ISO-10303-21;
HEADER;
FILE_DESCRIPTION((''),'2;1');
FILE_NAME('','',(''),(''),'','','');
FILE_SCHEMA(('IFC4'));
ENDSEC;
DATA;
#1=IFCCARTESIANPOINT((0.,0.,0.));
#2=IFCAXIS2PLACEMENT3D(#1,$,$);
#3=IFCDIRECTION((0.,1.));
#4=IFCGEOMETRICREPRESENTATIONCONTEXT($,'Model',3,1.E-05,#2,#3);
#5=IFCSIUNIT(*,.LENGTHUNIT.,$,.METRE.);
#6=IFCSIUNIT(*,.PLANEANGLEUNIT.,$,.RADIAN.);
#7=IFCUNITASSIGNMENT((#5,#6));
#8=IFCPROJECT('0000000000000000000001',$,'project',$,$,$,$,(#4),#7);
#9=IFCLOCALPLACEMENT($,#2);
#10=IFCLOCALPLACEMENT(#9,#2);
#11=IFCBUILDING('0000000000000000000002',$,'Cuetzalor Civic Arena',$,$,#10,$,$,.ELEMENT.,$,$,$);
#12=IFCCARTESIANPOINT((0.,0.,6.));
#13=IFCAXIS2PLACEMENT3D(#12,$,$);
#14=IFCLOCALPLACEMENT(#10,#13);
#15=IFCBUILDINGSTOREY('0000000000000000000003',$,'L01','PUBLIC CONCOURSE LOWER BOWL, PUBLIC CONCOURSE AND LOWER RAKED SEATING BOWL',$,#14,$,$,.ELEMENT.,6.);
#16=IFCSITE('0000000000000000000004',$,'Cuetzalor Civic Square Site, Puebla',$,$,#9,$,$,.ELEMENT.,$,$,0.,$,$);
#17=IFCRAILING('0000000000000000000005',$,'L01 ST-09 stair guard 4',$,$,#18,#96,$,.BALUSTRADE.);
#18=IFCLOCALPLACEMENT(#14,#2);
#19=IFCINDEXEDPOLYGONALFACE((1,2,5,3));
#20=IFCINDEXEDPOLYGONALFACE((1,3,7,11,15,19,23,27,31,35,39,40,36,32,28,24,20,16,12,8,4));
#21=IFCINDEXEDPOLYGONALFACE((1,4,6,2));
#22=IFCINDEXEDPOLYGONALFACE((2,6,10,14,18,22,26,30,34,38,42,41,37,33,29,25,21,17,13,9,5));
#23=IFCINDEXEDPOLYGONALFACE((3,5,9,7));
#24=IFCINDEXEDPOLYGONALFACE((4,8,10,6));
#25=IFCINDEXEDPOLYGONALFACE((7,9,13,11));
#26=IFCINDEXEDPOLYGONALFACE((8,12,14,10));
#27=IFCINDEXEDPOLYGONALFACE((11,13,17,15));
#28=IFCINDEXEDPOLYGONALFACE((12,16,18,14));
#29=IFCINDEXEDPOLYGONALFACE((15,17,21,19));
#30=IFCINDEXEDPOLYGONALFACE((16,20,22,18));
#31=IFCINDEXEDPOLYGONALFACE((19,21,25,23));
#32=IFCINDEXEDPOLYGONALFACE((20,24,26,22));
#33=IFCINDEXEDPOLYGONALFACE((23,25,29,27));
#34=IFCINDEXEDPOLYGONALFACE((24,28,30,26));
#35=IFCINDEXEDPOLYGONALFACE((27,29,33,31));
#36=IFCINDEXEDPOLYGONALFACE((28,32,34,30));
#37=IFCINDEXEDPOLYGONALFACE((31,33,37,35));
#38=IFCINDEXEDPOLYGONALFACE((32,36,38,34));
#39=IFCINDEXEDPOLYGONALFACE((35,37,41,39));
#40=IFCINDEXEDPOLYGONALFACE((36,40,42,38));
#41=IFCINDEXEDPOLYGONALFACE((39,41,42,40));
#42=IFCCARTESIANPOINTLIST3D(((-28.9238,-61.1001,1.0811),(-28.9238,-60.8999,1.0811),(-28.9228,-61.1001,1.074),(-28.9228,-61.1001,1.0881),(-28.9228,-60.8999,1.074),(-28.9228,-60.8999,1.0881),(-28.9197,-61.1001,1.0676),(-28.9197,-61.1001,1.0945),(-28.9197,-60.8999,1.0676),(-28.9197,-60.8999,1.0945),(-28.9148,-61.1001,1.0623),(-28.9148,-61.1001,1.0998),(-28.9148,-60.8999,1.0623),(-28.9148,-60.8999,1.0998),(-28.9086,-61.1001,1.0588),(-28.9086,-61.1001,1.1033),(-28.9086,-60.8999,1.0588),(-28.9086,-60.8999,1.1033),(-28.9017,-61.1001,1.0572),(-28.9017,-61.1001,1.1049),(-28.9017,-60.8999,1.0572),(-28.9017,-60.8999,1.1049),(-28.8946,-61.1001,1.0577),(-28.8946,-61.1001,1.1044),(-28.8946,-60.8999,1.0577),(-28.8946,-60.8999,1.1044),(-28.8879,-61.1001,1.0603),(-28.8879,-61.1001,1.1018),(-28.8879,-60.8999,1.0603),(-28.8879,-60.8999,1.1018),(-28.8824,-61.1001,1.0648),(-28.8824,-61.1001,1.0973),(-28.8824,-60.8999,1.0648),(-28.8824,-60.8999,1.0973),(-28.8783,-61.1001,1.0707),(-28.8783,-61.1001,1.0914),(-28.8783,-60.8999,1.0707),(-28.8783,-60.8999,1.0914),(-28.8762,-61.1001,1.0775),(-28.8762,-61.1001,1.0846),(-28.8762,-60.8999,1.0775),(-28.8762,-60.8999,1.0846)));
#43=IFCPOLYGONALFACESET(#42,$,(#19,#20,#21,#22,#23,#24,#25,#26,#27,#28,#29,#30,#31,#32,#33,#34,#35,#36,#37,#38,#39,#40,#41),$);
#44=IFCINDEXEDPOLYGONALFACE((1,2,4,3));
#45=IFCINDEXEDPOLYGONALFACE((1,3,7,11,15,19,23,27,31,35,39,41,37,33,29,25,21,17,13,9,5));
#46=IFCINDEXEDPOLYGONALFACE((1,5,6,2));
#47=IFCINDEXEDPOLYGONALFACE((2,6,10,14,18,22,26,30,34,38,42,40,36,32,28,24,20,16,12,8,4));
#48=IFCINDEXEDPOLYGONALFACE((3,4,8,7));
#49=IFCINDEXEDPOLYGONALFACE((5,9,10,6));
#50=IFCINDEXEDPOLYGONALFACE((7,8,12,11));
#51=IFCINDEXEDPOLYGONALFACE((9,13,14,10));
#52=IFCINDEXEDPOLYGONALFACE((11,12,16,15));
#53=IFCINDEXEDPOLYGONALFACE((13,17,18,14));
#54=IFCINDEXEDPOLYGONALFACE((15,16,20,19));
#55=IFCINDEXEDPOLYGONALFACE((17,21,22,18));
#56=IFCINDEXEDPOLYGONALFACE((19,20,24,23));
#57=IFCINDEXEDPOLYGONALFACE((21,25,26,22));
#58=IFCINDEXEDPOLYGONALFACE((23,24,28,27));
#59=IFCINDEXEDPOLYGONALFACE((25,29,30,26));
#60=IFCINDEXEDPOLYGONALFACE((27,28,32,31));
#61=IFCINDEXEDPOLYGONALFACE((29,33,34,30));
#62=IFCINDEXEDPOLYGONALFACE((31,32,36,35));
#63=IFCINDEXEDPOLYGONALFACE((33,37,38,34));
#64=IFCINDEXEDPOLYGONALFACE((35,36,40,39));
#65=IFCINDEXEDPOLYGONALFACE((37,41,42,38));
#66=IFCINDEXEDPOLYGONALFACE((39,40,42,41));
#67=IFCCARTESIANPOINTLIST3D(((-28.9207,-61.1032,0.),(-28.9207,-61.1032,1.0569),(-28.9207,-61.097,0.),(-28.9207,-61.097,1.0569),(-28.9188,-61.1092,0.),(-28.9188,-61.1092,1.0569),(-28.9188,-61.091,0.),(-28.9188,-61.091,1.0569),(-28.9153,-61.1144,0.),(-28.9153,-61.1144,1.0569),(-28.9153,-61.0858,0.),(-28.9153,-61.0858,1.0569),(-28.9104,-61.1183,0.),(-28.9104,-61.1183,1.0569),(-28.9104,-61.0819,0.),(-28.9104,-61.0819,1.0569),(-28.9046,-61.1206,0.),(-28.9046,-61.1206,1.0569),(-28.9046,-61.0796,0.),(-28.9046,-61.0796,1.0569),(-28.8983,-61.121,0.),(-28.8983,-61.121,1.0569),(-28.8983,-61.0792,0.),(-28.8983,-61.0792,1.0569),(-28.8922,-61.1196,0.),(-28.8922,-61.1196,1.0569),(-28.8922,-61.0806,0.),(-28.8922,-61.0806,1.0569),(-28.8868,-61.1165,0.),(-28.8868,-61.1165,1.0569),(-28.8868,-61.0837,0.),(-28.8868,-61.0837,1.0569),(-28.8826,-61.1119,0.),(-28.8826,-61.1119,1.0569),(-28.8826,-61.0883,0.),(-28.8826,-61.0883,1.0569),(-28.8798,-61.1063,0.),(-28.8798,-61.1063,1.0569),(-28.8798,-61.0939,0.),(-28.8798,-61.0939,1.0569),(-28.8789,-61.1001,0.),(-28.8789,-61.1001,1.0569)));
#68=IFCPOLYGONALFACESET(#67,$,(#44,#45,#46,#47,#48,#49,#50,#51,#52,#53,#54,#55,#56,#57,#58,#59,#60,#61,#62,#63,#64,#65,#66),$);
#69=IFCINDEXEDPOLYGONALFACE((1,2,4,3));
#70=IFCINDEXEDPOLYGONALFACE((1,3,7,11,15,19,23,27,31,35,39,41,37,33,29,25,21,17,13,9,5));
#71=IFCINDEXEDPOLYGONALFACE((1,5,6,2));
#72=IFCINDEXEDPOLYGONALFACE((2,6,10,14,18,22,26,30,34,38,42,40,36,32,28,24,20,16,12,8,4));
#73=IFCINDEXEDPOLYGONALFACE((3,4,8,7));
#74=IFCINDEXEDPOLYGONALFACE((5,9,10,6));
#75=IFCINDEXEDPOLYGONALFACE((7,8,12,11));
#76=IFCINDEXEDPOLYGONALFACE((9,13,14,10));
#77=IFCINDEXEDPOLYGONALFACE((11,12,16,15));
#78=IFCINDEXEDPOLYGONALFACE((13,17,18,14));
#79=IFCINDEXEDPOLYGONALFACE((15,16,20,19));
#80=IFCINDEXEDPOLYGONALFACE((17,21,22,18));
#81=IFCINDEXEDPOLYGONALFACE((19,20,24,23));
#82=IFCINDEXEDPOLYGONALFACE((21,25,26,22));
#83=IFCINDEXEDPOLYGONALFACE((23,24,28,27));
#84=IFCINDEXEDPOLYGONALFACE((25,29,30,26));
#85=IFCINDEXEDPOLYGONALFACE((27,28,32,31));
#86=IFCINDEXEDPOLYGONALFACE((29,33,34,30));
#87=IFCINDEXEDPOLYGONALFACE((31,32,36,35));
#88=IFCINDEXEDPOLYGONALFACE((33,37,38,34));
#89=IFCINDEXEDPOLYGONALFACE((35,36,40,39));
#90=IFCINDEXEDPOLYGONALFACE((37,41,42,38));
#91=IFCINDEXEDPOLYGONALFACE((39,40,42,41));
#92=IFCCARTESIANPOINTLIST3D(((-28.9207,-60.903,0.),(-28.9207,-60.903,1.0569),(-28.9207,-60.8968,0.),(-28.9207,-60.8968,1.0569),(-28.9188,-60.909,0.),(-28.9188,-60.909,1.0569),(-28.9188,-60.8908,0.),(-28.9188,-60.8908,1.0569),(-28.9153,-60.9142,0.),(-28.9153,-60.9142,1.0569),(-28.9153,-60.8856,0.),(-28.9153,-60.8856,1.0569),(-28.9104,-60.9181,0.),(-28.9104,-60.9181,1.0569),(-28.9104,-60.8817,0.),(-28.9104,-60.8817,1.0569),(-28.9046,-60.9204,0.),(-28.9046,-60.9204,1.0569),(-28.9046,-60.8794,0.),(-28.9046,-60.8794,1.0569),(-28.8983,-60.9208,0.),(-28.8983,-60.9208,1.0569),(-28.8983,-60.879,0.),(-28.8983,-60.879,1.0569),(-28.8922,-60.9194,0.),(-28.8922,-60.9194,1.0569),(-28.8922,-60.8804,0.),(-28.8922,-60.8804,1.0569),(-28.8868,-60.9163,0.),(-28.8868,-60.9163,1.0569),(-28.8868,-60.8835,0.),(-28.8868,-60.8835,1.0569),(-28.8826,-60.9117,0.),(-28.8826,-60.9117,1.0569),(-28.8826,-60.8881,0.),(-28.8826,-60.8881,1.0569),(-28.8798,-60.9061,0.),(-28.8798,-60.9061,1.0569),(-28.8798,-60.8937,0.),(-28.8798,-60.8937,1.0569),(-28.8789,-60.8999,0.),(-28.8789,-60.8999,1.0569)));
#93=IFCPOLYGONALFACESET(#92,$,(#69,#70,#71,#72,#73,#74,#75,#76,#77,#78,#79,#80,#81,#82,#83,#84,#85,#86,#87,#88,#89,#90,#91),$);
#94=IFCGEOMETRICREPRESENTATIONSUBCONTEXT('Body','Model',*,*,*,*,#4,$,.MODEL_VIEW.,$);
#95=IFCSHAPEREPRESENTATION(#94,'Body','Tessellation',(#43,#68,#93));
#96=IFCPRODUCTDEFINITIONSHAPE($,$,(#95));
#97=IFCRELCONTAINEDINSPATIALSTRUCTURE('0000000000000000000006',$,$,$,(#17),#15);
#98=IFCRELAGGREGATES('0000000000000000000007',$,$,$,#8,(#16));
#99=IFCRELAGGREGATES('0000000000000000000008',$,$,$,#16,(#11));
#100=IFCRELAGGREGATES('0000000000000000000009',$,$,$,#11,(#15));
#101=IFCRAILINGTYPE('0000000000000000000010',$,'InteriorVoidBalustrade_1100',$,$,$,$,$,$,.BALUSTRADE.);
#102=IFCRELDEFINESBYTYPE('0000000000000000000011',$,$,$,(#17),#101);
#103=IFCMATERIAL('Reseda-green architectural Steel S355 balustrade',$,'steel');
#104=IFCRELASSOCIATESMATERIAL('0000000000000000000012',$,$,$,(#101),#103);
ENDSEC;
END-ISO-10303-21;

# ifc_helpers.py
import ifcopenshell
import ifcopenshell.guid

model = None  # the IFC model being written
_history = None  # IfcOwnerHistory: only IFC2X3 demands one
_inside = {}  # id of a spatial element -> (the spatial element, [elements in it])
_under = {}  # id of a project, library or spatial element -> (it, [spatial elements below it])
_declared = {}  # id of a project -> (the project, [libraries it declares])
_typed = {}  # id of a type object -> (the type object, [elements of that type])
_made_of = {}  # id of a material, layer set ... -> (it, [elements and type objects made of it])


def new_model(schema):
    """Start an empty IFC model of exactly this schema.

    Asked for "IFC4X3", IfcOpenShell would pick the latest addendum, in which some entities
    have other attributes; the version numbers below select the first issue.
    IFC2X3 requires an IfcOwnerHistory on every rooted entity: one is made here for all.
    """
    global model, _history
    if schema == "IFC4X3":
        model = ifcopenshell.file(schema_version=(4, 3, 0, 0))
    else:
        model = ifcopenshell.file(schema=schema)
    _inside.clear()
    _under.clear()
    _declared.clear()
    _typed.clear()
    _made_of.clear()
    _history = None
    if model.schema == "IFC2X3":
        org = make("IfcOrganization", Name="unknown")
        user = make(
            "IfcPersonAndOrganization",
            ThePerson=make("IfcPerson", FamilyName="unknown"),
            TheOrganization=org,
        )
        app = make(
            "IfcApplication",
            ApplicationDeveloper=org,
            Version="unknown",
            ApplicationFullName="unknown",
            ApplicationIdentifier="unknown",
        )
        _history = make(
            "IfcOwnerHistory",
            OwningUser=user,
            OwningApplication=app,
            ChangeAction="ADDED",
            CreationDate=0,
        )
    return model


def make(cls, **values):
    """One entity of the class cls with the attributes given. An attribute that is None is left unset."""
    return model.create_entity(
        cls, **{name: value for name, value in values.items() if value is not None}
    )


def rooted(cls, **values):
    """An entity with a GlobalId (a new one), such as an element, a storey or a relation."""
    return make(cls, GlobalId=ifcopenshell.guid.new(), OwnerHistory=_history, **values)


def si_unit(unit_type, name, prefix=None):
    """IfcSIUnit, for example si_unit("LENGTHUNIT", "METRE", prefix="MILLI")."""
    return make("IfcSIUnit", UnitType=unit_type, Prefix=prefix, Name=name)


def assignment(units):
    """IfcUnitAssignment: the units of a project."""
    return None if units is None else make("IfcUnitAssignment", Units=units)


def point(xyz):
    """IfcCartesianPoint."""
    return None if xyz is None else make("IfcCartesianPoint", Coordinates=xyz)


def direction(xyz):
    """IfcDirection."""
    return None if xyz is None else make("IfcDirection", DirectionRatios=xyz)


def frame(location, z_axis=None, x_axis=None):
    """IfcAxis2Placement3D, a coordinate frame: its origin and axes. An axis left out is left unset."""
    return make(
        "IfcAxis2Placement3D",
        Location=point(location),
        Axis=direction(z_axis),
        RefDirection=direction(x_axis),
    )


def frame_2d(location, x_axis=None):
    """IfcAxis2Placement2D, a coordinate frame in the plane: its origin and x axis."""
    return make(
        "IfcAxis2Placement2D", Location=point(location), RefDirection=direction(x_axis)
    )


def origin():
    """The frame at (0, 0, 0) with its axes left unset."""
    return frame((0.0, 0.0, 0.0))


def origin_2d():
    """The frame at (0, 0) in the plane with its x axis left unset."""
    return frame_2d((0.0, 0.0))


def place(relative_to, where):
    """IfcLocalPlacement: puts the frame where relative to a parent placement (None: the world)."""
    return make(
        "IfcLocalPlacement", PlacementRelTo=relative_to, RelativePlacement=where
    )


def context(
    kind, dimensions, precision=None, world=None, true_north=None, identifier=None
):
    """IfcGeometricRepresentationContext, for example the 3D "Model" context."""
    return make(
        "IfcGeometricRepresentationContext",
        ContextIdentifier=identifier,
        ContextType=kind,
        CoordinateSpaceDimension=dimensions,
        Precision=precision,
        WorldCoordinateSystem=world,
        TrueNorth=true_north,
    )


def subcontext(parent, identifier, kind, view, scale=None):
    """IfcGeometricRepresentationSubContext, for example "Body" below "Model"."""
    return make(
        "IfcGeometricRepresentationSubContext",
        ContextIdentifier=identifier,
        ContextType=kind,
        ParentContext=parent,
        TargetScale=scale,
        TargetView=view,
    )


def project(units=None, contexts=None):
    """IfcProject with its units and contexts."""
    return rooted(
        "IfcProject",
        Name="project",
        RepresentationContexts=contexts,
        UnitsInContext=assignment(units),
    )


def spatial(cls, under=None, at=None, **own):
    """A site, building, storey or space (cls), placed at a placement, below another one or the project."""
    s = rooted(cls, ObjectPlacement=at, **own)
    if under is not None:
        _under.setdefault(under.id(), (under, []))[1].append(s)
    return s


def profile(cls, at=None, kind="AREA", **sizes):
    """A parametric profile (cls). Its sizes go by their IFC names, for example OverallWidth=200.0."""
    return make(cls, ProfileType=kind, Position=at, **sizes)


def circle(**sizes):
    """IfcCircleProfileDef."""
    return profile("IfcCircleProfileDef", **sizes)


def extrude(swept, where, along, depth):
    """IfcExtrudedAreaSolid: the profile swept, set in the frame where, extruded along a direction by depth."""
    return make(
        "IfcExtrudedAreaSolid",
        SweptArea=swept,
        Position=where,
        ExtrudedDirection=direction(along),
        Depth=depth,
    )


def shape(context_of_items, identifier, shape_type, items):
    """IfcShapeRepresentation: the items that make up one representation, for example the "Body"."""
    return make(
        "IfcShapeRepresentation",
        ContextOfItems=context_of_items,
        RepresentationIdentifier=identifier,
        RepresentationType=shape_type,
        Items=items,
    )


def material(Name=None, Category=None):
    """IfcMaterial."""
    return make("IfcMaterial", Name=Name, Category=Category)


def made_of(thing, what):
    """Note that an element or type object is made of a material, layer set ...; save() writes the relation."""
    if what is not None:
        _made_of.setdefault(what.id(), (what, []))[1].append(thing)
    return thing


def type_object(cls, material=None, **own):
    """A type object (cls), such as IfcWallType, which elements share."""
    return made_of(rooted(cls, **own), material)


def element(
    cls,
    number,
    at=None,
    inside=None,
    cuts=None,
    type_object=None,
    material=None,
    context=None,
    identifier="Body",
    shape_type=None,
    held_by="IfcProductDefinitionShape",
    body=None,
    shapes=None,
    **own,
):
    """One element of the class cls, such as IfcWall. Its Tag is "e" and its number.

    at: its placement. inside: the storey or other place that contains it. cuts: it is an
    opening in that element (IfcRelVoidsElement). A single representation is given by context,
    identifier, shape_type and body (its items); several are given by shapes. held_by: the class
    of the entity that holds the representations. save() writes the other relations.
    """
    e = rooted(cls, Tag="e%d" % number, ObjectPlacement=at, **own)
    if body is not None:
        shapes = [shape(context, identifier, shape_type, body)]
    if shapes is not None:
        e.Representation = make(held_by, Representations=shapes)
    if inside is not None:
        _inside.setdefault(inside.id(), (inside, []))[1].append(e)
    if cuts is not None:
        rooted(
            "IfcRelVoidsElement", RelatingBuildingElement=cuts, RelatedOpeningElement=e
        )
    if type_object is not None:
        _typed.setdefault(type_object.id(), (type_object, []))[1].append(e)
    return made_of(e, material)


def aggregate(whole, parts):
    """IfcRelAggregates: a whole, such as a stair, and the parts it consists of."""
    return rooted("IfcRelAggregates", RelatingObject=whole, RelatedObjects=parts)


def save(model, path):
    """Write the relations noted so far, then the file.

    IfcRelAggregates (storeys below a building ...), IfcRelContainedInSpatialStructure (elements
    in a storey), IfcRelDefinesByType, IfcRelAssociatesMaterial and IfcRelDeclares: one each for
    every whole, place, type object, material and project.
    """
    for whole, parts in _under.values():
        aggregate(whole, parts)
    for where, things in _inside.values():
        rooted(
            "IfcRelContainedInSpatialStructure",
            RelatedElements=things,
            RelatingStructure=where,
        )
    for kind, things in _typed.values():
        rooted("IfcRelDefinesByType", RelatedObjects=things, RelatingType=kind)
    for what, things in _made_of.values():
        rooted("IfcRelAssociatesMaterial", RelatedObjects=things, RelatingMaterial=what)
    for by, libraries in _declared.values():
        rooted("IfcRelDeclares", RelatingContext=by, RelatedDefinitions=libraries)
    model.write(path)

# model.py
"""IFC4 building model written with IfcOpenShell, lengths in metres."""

from ifc_helpers import new_model, si_unit, direction, frame, origin, origin_2d, place, context, subcontext, project, spatial, circle, extrude, material, type_object, element, save


model = new_model("IFC4")

# Units and contexts
model_context = context("Model", 3, precision=1e-05, world=origin(), true_north=direction((0.0, 1.0)))
body_context = subcontext(model_context, "Body", "Model", "MODEL_VIEW")
ifc_project = project(units=[si_unit("LENGTHUNIT", "METRE"), si_unit("PLANEANGLEUNIT", "RADIAN")], contexts=[model_context])

# Site, building, storey
site_placement = place(None, origin())
site = spatial("IfcSite", under=ifc_project, at=site_placement, Name="Cuetzalor Civic Square Site, Puebla", CompositionType="ELEMENT", RefElevation=0.0)
building_placement = place(site_placement, origin())
building = spatial("IfcBuilding", under=site, at=building_placement, Name="Cuetzalor Civic Arena", CompositionType="ELEMENT")
storey_placement = place(building_placement, frame((0.0, 0.0, 6.0)))
storey = spatial("IfcBuildingStorey", under=building, at=storey_placement, Name="L01", Description="PUBLIC CONCOURSE LOWER BOWL, PUBLIC CONCOURSE AND LOWER RAKED SEATING BOWL", CompositionType="ELEMENT", Elevation=6.0)

# Railing
ifc_material_1 = material(Name="Reseda-green architectural Steel S355 balustrade", Category="steel")
railing_type_1 = type_object("IfcRailingType", Name="InteriorVoidBalustrade_1100", PredefinedType="BALUSTRADE", material=ifc_material_1)
railing_1_placement = place(storey_placement, frame((-28.8999, -61.1001, 0.0)))
element("IfcRailing", 1, at=railing_1_placement, inside=storey, type_object=railing_type_1, Name="L01 ST-09 stair guard 4", PredefinedType="BALUSTRADE", context=body_context, shape_type="SweptSolid", body=[
    extrude(circle(Radius=0.0239, at=origin_2d()), frame((0.0, 0.0, 1.0811), z_axis=(0.0, 1.0, 0.0), x_axis=(-1.0, 0.0, 0.0)), (0.0, 0.0, 1.0), 0.2002),
    extrude(circle(Radius=0.021, at=origin_2d()), origin(), (0.0, 0.0, 1.0), 1.0569),
    extrude(circle(Radius=0.021, at=origin_2d()), frame((0.0, 0.2002, 0.0)), (0.0, 0.0, 1.0), 1.0569),
])

save(model, "model.ifc")
